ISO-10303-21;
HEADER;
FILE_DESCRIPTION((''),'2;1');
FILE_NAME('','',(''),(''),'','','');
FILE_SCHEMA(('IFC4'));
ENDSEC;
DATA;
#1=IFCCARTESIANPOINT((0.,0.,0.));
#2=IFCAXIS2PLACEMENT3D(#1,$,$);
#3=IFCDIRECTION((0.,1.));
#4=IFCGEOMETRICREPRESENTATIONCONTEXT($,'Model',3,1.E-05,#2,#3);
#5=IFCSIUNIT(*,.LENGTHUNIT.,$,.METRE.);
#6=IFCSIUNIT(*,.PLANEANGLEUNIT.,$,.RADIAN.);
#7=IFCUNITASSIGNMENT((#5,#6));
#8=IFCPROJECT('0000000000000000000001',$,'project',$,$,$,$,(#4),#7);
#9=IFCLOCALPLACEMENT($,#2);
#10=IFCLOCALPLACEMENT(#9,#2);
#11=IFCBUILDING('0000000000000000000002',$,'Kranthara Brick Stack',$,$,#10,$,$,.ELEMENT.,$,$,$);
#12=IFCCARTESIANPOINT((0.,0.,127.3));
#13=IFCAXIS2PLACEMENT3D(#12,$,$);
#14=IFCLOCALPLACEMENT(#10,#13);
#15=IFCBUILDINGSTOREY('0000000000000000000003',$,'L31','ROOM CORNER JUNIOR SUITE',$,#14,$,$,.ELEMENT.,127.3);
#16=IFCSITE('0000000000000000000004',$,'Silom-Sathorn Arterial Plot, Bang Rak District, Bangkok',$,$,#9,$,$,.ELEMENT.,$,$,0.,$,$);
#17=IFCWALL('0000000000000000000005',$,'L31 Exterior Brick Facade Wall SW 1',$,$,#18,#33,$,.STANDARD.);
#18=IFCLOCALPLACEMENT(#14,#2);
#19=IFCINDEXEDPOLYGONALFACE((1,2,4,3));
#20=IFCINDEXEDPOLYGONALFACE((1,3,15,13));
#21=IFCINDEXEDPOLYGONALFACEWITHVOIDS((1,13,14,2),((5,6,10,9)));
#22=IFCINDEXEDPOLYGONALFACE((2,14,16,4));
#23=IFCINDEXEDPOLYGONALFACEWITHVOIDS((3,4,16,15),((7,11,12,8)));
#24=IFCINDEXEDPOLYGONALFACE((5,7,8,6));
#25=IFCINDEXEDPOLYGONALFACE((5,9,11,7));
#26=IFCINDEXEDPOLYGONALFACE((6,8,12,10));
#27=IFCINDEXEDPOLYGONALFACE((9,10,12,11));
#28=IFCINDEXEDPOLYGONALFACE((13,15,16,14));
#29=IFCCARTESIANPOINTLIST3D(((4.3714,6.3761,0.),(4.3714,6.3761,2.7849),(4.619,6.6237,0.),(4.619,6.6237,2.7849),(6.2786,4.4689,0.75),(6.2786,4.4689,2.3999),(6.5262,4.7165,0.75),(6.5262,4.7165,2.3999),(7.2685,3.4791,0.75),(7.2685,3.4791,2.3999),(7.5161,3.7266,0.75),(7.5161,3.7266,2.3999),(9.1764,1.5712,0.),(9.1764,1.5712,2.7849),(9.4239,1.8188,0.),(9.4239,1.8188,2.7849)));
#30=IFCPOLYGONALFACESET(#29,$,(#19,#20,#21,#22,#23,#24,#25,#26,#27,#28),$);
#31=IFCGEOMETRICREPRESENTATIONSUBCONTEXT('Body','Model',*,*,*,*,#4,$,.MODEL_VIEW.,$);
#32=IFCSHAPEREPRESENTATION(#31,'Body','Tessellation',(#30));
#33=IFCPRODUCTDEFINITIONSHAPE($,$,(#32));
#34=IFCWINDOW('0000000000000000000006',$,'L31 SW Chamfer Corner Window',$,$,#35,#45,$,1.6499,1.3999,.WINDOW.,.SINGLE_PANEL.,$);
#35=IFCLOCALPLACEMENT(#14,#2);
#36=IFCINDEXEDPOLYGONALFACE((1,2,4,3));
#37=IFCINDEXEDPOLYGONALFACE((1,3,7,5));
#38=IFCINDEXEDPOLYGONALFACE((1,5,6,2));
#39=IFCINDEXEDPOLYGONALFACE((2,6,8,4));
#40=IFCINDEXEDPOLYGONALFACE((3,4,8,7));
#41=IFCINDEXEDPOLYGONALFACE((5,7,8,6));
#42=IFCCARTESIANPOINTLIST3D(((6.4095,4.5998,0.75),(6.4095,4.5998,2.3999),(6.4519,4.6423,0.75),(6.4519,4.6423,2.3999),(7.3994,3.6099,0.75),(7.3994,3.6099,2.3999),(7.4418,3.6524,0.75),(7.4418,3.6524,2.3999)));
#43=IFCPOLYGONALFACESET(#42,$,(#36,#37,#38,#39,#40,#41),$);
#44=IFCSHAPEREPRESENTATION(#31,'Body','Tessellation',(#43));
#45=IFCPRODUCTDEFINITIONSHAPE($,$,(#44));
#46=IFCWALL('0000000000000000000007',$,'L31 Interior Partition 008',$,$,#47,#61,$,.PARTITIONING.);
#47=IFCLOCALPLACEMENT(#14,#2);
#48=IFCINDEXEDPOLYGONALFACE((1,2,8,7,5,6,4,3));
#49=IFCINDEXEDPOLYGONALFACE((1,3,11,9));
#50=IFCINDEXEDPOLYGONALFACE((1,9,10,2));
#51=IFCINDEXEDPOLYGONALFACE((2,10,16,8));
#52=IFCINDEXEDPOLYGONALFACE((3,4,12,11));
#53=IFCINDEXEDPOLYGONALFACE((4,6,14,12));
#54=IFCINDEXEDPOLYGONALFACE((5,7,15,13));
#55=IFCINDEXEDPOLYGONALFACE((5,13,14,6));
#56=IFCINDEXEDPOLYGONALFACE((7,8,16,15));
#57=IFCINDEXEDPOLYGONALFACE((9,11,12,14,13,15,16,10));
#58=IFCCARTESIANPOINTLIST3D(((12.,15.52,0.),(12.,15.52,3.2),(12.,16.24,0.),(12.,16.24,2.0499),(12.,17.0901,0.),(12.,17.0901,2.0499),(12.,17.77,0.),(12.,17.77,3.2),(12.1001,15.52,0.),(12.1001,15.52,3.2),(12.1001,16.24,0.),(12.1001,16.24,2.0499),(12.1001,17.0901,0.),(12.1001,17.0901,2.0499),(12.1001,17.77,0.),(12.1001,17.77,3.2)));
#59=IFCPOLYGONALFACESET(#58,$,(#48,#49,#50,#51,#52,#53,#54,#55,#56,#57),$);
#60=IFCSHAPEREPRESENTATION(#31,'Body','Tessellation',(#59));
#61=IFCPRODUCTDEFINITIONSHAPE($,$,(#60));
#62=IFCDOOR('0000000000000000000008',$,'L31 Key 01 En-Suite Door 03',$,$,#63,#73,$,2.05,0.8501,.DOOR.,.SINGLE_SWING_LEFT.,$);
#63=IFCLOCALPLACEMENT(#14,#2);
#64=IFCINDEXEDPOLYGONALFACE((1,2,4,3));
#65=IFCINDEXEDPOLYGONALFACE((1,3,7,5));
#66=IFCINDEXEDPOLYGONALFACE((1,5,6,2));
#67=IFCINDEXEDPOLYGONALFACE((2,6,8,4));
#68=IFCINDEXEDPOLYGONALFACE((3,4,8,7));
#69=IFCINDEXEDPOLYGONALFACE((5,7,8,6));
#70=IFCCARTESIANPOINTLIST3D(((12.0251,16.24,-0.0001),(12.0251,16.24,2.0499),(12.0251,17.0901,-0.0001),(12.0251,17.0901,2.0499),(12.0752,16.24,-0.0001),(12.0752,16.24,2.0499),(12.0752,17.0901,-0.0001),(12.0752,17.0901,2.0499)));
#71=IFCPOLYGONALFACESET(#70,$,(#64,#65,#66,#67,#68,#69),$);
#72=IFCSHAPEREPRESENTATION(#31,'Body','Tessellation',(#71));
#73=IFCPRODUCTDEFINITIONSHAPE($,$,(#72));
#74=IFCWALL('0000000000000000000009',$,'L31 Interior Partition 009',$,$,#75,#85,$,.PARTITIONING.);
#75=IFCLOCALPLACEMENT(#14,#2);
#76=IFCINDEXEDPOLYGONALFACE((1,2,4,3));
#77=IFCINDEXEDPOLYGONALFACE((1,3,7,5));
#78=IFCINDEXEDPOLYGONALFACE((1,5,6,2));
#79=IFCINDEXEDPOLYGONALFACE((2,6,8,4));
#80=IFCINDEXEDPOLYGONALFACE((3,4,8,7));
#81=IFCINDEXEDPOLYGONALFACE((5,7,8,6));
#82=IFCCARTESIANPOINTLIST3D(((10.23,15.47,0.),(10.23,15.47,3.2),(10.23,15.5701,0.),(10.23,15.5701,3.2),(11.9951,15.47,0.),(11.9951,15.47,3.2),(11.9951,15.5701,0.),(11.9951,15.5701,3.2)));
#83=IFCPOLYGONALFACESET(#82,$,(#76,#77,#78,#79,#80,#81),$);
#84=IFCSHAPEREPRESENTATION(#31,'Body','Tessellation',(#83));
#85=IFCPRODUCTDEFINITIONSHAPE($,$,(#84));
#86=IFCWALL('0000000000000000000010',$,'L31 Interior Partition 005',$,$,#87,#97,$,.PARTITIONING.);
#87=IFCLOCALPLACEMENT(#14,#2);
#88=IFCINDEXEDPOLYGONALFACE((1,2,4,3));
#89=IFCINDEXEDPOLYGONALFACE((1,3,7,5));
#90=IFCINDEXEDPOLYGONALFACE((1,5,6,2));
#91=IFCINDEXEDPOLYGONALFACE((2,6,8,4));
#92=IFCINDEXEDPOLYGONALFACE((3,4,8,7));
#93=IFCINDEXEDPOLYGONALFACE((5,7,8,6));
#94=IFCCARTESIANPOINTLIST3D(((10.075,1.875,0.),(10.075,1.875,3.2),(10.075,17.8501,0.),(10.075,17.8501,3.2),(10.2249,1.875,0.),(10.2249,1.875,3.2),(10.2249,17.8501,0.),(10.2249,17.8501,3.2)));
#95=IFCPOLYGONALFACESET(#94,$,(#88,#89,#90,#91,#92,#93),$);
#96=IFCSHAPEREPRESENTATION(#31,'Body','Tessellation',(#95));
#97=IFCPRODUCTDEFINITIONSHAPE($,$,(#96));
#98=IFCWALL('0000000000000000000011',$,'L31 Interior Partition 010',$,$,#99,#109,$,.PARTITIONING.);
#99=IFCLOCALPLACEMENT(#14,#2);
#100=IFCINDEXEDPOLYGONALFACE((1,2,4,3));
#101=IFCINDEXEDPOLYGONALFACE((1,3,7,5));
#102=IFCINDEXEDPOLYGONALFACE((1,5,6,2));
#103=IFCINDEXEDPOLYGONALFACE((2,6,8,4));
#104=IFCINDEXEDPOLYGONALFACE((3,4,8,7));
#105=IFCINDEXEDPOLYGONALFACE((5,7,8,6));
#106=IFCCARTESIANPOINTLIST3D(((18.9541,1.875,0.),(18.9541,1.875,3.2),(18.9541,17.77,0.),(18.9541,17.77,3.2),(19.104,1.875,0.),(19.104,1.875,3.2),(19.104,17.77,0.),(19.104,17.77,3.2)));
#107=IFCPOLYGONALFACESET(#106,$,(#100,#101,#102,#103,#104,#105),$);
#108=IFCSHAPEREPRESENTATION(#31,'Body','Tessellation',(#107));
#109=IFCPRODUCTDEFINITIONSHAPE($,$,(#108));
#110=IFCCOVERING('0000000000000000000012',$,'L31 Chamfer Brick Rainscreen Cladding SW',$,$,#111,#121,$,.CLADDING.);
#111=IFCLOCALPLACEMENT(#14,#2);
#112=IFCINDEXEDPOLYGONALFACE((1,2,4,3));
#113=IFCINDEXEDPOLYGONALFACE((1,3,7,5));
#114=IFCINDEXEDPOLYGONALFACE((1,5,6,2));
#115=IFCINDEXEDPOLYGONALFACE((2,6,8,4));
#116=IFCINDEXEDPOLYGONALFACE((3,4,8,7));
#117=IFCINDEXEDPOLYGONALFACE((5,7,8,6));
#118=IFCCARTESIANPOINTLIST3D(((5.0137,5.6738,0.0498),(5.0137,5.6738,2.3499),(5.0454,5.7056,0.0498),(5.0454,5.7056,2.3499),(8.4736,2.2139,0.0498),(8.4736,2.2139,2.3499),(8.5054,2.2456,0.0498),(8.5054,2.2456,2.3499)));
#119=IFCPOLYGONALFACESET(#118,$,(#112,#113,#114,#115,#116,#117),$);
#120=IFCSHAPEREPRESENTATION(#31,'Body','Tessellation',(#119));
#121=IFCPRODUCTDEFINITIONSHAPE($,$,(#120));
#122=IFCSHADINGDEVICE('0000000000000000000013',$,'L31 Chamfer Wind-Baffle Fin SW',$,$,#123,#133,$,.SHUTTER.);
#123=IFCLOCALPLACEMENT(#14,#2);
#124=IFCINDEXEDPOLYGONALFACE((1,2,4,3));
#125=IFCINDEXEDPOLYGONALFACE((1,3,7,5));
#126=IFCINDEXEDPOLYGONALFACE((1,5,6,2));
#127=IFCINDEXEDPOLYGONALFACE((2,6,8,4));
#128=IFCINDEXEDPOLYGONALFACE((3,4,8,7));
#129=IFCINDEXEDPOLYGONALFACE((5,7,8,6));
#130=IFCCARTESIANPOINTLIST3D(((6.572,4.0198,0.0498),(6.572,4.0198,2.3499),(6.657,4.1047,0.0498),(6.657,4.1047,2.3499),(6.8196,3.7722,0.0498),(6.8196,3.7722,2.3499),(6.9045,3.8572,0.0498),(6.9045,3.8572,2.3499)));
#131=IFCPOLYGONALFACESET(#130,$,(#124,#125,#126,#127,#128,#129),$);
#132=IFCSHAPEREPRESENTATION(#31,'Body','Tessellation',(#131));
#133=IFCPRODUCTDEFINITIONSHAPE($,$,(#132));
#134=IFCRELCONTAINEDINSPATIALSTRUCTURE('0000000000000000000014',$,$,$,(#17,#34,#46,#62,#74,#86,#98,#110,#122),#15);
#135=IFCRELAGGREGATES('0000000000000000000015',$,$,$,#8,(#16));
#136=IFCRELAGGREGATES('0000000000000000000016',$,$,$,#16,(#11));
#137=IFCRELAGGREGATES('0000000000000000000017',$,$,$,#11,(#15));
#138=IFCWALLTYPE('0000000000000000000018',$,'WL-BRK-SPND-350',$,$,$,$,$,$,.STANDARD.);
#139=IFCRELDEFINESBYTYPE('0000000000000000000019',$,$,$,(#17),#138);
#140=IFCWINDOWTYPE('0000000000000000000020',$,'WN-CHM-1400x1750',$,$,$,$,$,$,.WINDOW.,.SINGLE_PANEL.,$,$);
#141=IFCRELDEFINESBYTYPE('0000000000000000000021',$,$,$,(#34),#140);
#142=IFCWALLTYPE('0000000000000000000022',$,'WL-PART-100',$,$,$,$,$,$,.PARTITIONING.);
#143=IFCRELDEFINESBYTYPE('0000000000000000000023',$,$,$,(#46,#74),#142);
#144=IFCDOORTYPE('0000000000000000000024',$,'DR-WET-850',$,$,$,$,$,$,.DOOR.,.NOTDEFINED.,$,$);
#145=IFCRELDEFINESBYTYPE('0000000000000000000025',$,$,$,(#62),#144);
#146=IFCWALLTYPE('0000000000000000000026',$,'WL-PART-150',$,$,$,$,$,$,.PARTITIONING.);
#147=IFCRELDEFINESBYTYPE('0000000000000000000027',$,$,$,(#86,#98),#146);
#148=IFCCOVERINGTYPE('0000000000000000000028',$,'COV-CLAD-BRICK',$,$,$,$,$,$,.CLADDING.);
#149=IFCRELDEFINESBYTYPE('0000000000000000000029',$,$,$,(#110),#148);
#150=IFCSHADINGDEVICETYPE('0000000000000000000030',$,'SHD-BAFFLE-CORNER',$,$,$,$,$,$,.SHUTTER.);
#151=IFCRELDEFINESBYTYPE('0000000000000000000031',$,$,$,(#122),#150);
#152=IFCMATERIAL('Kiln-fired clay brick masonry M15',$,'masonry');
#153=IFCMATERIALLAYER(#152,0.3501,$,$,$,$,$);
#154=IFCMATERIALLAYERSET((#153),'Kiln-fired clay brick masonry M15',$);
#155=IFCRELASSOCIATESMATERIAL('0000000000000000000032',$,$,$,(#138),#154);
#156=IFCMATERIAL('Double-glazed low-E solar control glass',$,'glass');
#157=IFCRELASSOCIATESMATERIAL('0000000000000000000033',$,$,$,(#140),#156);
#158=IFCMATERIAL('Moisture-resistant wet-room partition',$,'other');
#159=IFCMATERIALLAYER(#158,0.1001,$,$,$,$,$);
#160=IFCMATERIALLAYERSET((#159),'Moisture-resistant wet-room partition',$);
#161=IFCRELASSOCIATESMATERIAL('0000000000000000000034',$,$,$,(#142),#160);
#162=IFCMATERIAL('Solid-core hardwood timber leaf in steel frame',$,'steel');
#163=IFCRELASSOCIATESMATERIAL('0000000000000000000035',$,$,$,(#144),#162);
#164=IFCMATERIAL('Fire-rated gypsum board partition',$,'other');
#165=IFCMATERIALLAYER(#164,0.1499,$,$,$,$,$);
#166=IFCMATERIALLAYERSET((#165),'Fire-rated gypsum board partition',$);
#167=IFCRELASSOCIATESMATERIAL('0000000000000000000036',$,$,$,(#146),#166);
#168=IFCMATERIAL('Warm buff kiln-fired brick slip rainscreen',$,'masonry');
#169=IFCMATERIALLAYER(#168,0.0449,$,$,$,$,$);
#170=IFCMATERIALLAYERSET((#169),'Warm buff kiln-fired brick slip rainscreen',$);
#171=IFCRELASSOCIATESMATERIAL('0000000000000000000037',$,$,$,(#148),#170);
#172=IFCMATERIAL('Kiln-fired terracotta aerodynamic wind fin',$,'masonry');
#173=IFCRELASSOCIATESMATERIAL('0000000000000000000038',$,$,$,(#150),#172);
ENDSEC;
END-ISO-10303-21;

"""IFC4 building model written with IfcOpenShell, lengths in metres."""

from ifc_helpers import new_model, si_unit, direction, frame, frame_2d, origin, origin_2d, place, context, subcontext, project, spatial, rectangle, extrude, material, layer, layer_set, type_object, element, fill, save


model = new_model("IFC4")

# Units and contexts
model_context = context("Model", 3, precision=1e-05, world=origin(), true_north=direction((0.0, 1.0)))
body_context = subcontext(model_context, "Body", "Model", "MODEL_VIEW")
ifc_project = project(units=[si_unit("LENGTHUNIT", "METRE"), si_unit("PLANEANGLEUNIT", "RADIAN")], contexts=[model_context])

# Site, building, storey
site_placement = place(None, origin())
site = spatial("IfcSite", under=ifc_project, at=site_placement, Name="Silom-Sathorn Arterial Plot, Bang Rak District, Bangkok", CompositionType="ELEMENT", RefElevation=0.0)
building_placement = place(site_placement, origin())
building = spatial("IfcBuilding", under=site, at=building_placement, Name="Kranthara Brick Stack", CompositionType="ELEMENT")
storey_placement = place(building_placement, frame((0.0, 0.0, 127.3)))
storey = spatial("IfcBuildingStorey", under=building, at=storey_placement, Name="L31", Description="ROOM CORNER JUNIOR SUITE", CompositionType="ELEMENT", Elevation=127.3)

# Wall, opening, window
ifc_material_1 = material(Name="Kiln-fired clay brick masonry M15", Category="masonry")
ifc_layer_1 = layer(ifc_material_1, 0.3501)
ifc_layer_set_1 = layer_set([ifc_layer_1], Name="Kiln-fired clay brick masonry M15")
wall_type_1 = type_object("IfcWallType", Name="WL-BRK-SPND-350", PredefinedType="STANDARD", material=ifc_layer_set_1)
wall_1_placement = place(storey_placement, frame((9.3, 1.6951, 0.0), z_axis=(0.0, 0.0, 1.0), x_axis=(-0.707107, 0.707107, 0.0)))
wall_1 = element("IfcWall", 1, at=wall_1_placement, inside=storey, type_object=wall_type_1, Name="L31 Exterior Brick Facade Wall SW 1", PredefinedType="STANDARD", context=body_context, shape_type="SweptSolid", body=[
    extrude(rectangle(XDim=6.7952, YDim=0.3501, at=frame_2d((3.3975, 0.0))), origin(), (0.0, 0.0, 1.0), 2.7849),
])
opening_1_placement = place(wall_1_placement, frame((2.698, 0.0, 0.75)))
opening_1 = element("IfcOpeningElement", 2, at=opening_1_placement, cuts=wall_1, PredefinedType="OPENING", context=body_context, shape_type="SweptSolid", body=[
    extrude(rectangle(XDim=1.3999, YDim=1.6499, at=frame_2d((0.7, 0.825))), frame((0.0, 0.1851, 0.0), z_axis=(0.0, -1.0, 0.0), x_axis=(1.0, 0.0, 0.0)), (0.0, 0.0, 1.0), 0.3701),
])
ifc_material_2 = material(Name="Double-glazed low-E solar control glass", Category="glass")
window_type = type_object("IfcWindowType", Name="WN-CHM-1400x1750", PartitioningType="SINGLE_PANEL", PredefinedType="WINDOW", material=ifc_material_2)
window_placement = place(opening_1_placement, origin())
window = element("IfcWindow", 3, at=window_placement, inside=storey, type_object=window_type, Name="L31 SW Chamfer Corner Window", OverallHeight=1.6499, OverallWidth=1.3999, PartitioningType="SINGLE_PANEL", PredefinedType="WINDOW", context=body_context, shape_type="SweptSolid", body=[
    extrude(rectangle(XDim=1.3999, YDim=1.6499, at=frame_2d((0.7, 0.825))), frame((0.0, -0.01, 0.0), z_axis=(0.0, -1.0, 0.0), x_axis=(1.0, 0.0, 0.0)), (0.0, 0.0, 1.0), 0.0601),
])
fill(opening_1, window)

# Wall, opening, door
ifc_material_3 = material(Name="Moisture-resistant wet-room partition", Category="other")
ifc_layer_2 = layer(ifc_material_3, 0.1001)
ifc_layer_set_2 = layer_set([ifc_layer_2], Name="Moisture-resistant wet-room partition")
wall_type_2 = type_object("IfcWallType", Name="WL-PART-100", PredefinedType="PARTITIONING", material=ifc_layer_set_2)
wall_2_placement = place(storey_placement, frame((12.05, 15.52, 0.0), z_axis=(0.0, 0.0, 1.0), x_axis=(0.0, 1.0, 0.0)))
wall_2 = element("IfcWall", 4, at=wall_2_placement, inside=storey, type_object=wall_type_2, Name="L31 Interior Partition 008", PredefinedType="PARTITIONING", context=body_context, shape_type="SweptSolid", body=[
    extrude(rectangle(XDim=2.25, YDim=0.1001, at=frame_2d((1.125, 0.0))), origin(), (0.0, 0.0, 1.0), 3.2),
])
opening_2_placement = place(wall_2_placement, frame((0.72, 0.0, 0.0)))
opening_2 = element("IfcOpeningElement", 5, at=opening_2_placement, cuts=wall_2, PredefinedType="OPENING", context=body_context, shape_type="SweptSolid", body=[
    extrude(rectangle(XDim=0.8501, YDim=2.05, at=frame_2d((0.425, 1.0249))), frame((0.0, 0.0601, 0.0), z_axis=(0.0, -1.0, 0.0), x_axis=(1.0, 0.0, 0.0)), (0.0, 0.0, 1.0), 0.1201),
])
ifc_material_4 = material(Name="Solid-core hardwood timber leaf in steel frame", Category="steel")
door_type = type_object("IfcDoorType", Name="DR-WET-850", OperationType="NOTDEFINED", PredefinedType="DOOR", material=ifc_material_4)
door_placement = place(opening_2_placement, origin())
door = element("IfcDoor", 6, at=door_placement, inside=storey, type_object=door_type, Name="L31 Key 01 En-Suite Door 03", OperationType="SINGLE_SWING_LEFT", OverallHeight=2.05, OverallWidth=0.8501, PredefinedType="DOOR", context=body_context, shape_type="SweptSolid", body=[
    extrude(rectangle(XDim=0.8501, YDim=2.05, at=frame_2d((0.425, 1.0249))), frame((0.0, 0.0249, 0.0), z_axis=(0.0, -1.0, 0.0), x_axis=(1.0, 0.0, 0.0)), (0.0, 0.0, 1.0), 0.05),
])
fill(opening_2, door)

# Walls
wall_3_placement = place(storey_placement, frame((10.23, 15.52, 0.0), z_axis=(0.0, 0.0, 1.0), x_axis=(1.0, 0.0, 0.0)))
element("IfcWall", 7, at=wall_3_placement, inside=storey, type_object=wall_type_2, Name="L31 Interior Partition 009", PredefinedType="PARTITIONING", context=body_context, shape_type="SweptSolid", body=[
    extrude(rectangle(XDim=1.7651, YDim=0.1001, at=frame_2d((0.8826, 0.0))), origin(), (0.0, 0.0, 1.0), 3.2),
])
ifc_material_5 = material(Name="Fire-rated gypsum board partition", Category="other")
ifc_layer_3 = layer(ifc_material_5, 0.1499)
ifc_layer_set_3 = layer_set([ifc_layer_3], Name="Fire-rated gypsum board partition")
wall_type_3 = type_object("IfcWallType", Name="WL-PART-150", PredefinedType="PARTITIONING", material=ifc_layer_set_3)
wall_4_placement = place(storey_placement, frame((10.1499, 1.875, 0.0), z_axis=(0.0, 0.0, 1.0), x_axis=(0.0, 1.0, 0.0)))
element("IfcWall", 8, at=wall_4_placement, inside=storey, type_object=wall_type_3, Name="L31 Interior Partition 005", PredefinedType="PARTITIONING", context=body_context, shape_type="SweptSolid", body=[
    extrude(rectangle(XDim=15.9751, YDim=0.1499, at=frame_2d((7.9875, 0.0))), origin(), (0.0, 0.0, 1.0), 3.2),
])
wall_5_placement = place(storey_placement, frame((19.0291, 1.875, 0.0), z_axis=(0.0, 0.0, 1.0), x_axis=(0.0, 1.0, 0.0)))
element("IfcWall", 9, at=wall_5_placement, inside=storey, type_object=wall_type_3, Name="L31 Interior Partition 010", PredefinedType="PARTITIONING", context=body_context, shape_type="SweptSolid", body=[
    extrude(rectangle(XDim=15.895, YDim=0.1499, at=frame_2d((7.9475, 0.0))), origin(), (0.0, 0.0, 1.0), 3.2),
])

# Covering
ifc_material_6 = material(Name="Warm buff kiln-fired brick slip rainscreen", Category="masonry")
ifc_layer_4 = layer(ifc_material_6, 0.0449)
ifc_layer_set_4 = layer_set([ifc_layer_4], Name="Warm buff kiln-fired brick slip rainscreen")
covering_type = type_object("IfcCoveringType", Name="COV-CLAD-BRICK", PredefinedType="CLADDING", material=ifc_layer_set_4)
covering_placement = place(storey_placement, frame((6.7595, 3.9597, 0.0498), z_axis=(0.0, 0.0, 1.0), x_axis=(-0.707107, 0.707107, 0.0)))
element("IfcCovering", 10, at=covering_placement, inside=storey, type_object=covering_type, Name="L31 Chamfer Brick Rainscreen Cladding SW", PredefinedType="CLADDING", context=body_context, shape_type="SweptSolid", body=[
    extrude(rectangle(XDim=4.8931, YDim=0.0449, at=origin_2d()), origin(), (0.0, 0.0, 1.0), 2.3),
])

# Shading device
ifc_material_7 = material(Name="Kiln-fired terracotta aerodynamic wind fin", Category="masonry")
shading_device_type = type_object("IfcShadingDeviceType", Name="SHD-BAFFLE-CORNER", PredefinedType="SHUTTER", material=ifc_material_7)
shading_device_placement = place(storey_placement, frame((6.7383, 3.9385, 0.0498), z_axis=(0.0, 0.0, 1.0), x_axis=(-0.707107, 0.707107, 0.0)))
element("IfcShadingDevice", 11, at=shading_device_placement, inside=storey, type_object=shading_device_type, Name="L31 Chamfer Wind-Baffle Fin SW", PredefinedType="SHUTTER", context=body_context, shape_type="SweptSolid", body=[
    extrude(rectangle(XDim=0.3501, YDim=0.1201, at=origin_2d()), origin(), (0.0, 0.0, 1.0), 2.3),
])

save(model, "model.ifc")
